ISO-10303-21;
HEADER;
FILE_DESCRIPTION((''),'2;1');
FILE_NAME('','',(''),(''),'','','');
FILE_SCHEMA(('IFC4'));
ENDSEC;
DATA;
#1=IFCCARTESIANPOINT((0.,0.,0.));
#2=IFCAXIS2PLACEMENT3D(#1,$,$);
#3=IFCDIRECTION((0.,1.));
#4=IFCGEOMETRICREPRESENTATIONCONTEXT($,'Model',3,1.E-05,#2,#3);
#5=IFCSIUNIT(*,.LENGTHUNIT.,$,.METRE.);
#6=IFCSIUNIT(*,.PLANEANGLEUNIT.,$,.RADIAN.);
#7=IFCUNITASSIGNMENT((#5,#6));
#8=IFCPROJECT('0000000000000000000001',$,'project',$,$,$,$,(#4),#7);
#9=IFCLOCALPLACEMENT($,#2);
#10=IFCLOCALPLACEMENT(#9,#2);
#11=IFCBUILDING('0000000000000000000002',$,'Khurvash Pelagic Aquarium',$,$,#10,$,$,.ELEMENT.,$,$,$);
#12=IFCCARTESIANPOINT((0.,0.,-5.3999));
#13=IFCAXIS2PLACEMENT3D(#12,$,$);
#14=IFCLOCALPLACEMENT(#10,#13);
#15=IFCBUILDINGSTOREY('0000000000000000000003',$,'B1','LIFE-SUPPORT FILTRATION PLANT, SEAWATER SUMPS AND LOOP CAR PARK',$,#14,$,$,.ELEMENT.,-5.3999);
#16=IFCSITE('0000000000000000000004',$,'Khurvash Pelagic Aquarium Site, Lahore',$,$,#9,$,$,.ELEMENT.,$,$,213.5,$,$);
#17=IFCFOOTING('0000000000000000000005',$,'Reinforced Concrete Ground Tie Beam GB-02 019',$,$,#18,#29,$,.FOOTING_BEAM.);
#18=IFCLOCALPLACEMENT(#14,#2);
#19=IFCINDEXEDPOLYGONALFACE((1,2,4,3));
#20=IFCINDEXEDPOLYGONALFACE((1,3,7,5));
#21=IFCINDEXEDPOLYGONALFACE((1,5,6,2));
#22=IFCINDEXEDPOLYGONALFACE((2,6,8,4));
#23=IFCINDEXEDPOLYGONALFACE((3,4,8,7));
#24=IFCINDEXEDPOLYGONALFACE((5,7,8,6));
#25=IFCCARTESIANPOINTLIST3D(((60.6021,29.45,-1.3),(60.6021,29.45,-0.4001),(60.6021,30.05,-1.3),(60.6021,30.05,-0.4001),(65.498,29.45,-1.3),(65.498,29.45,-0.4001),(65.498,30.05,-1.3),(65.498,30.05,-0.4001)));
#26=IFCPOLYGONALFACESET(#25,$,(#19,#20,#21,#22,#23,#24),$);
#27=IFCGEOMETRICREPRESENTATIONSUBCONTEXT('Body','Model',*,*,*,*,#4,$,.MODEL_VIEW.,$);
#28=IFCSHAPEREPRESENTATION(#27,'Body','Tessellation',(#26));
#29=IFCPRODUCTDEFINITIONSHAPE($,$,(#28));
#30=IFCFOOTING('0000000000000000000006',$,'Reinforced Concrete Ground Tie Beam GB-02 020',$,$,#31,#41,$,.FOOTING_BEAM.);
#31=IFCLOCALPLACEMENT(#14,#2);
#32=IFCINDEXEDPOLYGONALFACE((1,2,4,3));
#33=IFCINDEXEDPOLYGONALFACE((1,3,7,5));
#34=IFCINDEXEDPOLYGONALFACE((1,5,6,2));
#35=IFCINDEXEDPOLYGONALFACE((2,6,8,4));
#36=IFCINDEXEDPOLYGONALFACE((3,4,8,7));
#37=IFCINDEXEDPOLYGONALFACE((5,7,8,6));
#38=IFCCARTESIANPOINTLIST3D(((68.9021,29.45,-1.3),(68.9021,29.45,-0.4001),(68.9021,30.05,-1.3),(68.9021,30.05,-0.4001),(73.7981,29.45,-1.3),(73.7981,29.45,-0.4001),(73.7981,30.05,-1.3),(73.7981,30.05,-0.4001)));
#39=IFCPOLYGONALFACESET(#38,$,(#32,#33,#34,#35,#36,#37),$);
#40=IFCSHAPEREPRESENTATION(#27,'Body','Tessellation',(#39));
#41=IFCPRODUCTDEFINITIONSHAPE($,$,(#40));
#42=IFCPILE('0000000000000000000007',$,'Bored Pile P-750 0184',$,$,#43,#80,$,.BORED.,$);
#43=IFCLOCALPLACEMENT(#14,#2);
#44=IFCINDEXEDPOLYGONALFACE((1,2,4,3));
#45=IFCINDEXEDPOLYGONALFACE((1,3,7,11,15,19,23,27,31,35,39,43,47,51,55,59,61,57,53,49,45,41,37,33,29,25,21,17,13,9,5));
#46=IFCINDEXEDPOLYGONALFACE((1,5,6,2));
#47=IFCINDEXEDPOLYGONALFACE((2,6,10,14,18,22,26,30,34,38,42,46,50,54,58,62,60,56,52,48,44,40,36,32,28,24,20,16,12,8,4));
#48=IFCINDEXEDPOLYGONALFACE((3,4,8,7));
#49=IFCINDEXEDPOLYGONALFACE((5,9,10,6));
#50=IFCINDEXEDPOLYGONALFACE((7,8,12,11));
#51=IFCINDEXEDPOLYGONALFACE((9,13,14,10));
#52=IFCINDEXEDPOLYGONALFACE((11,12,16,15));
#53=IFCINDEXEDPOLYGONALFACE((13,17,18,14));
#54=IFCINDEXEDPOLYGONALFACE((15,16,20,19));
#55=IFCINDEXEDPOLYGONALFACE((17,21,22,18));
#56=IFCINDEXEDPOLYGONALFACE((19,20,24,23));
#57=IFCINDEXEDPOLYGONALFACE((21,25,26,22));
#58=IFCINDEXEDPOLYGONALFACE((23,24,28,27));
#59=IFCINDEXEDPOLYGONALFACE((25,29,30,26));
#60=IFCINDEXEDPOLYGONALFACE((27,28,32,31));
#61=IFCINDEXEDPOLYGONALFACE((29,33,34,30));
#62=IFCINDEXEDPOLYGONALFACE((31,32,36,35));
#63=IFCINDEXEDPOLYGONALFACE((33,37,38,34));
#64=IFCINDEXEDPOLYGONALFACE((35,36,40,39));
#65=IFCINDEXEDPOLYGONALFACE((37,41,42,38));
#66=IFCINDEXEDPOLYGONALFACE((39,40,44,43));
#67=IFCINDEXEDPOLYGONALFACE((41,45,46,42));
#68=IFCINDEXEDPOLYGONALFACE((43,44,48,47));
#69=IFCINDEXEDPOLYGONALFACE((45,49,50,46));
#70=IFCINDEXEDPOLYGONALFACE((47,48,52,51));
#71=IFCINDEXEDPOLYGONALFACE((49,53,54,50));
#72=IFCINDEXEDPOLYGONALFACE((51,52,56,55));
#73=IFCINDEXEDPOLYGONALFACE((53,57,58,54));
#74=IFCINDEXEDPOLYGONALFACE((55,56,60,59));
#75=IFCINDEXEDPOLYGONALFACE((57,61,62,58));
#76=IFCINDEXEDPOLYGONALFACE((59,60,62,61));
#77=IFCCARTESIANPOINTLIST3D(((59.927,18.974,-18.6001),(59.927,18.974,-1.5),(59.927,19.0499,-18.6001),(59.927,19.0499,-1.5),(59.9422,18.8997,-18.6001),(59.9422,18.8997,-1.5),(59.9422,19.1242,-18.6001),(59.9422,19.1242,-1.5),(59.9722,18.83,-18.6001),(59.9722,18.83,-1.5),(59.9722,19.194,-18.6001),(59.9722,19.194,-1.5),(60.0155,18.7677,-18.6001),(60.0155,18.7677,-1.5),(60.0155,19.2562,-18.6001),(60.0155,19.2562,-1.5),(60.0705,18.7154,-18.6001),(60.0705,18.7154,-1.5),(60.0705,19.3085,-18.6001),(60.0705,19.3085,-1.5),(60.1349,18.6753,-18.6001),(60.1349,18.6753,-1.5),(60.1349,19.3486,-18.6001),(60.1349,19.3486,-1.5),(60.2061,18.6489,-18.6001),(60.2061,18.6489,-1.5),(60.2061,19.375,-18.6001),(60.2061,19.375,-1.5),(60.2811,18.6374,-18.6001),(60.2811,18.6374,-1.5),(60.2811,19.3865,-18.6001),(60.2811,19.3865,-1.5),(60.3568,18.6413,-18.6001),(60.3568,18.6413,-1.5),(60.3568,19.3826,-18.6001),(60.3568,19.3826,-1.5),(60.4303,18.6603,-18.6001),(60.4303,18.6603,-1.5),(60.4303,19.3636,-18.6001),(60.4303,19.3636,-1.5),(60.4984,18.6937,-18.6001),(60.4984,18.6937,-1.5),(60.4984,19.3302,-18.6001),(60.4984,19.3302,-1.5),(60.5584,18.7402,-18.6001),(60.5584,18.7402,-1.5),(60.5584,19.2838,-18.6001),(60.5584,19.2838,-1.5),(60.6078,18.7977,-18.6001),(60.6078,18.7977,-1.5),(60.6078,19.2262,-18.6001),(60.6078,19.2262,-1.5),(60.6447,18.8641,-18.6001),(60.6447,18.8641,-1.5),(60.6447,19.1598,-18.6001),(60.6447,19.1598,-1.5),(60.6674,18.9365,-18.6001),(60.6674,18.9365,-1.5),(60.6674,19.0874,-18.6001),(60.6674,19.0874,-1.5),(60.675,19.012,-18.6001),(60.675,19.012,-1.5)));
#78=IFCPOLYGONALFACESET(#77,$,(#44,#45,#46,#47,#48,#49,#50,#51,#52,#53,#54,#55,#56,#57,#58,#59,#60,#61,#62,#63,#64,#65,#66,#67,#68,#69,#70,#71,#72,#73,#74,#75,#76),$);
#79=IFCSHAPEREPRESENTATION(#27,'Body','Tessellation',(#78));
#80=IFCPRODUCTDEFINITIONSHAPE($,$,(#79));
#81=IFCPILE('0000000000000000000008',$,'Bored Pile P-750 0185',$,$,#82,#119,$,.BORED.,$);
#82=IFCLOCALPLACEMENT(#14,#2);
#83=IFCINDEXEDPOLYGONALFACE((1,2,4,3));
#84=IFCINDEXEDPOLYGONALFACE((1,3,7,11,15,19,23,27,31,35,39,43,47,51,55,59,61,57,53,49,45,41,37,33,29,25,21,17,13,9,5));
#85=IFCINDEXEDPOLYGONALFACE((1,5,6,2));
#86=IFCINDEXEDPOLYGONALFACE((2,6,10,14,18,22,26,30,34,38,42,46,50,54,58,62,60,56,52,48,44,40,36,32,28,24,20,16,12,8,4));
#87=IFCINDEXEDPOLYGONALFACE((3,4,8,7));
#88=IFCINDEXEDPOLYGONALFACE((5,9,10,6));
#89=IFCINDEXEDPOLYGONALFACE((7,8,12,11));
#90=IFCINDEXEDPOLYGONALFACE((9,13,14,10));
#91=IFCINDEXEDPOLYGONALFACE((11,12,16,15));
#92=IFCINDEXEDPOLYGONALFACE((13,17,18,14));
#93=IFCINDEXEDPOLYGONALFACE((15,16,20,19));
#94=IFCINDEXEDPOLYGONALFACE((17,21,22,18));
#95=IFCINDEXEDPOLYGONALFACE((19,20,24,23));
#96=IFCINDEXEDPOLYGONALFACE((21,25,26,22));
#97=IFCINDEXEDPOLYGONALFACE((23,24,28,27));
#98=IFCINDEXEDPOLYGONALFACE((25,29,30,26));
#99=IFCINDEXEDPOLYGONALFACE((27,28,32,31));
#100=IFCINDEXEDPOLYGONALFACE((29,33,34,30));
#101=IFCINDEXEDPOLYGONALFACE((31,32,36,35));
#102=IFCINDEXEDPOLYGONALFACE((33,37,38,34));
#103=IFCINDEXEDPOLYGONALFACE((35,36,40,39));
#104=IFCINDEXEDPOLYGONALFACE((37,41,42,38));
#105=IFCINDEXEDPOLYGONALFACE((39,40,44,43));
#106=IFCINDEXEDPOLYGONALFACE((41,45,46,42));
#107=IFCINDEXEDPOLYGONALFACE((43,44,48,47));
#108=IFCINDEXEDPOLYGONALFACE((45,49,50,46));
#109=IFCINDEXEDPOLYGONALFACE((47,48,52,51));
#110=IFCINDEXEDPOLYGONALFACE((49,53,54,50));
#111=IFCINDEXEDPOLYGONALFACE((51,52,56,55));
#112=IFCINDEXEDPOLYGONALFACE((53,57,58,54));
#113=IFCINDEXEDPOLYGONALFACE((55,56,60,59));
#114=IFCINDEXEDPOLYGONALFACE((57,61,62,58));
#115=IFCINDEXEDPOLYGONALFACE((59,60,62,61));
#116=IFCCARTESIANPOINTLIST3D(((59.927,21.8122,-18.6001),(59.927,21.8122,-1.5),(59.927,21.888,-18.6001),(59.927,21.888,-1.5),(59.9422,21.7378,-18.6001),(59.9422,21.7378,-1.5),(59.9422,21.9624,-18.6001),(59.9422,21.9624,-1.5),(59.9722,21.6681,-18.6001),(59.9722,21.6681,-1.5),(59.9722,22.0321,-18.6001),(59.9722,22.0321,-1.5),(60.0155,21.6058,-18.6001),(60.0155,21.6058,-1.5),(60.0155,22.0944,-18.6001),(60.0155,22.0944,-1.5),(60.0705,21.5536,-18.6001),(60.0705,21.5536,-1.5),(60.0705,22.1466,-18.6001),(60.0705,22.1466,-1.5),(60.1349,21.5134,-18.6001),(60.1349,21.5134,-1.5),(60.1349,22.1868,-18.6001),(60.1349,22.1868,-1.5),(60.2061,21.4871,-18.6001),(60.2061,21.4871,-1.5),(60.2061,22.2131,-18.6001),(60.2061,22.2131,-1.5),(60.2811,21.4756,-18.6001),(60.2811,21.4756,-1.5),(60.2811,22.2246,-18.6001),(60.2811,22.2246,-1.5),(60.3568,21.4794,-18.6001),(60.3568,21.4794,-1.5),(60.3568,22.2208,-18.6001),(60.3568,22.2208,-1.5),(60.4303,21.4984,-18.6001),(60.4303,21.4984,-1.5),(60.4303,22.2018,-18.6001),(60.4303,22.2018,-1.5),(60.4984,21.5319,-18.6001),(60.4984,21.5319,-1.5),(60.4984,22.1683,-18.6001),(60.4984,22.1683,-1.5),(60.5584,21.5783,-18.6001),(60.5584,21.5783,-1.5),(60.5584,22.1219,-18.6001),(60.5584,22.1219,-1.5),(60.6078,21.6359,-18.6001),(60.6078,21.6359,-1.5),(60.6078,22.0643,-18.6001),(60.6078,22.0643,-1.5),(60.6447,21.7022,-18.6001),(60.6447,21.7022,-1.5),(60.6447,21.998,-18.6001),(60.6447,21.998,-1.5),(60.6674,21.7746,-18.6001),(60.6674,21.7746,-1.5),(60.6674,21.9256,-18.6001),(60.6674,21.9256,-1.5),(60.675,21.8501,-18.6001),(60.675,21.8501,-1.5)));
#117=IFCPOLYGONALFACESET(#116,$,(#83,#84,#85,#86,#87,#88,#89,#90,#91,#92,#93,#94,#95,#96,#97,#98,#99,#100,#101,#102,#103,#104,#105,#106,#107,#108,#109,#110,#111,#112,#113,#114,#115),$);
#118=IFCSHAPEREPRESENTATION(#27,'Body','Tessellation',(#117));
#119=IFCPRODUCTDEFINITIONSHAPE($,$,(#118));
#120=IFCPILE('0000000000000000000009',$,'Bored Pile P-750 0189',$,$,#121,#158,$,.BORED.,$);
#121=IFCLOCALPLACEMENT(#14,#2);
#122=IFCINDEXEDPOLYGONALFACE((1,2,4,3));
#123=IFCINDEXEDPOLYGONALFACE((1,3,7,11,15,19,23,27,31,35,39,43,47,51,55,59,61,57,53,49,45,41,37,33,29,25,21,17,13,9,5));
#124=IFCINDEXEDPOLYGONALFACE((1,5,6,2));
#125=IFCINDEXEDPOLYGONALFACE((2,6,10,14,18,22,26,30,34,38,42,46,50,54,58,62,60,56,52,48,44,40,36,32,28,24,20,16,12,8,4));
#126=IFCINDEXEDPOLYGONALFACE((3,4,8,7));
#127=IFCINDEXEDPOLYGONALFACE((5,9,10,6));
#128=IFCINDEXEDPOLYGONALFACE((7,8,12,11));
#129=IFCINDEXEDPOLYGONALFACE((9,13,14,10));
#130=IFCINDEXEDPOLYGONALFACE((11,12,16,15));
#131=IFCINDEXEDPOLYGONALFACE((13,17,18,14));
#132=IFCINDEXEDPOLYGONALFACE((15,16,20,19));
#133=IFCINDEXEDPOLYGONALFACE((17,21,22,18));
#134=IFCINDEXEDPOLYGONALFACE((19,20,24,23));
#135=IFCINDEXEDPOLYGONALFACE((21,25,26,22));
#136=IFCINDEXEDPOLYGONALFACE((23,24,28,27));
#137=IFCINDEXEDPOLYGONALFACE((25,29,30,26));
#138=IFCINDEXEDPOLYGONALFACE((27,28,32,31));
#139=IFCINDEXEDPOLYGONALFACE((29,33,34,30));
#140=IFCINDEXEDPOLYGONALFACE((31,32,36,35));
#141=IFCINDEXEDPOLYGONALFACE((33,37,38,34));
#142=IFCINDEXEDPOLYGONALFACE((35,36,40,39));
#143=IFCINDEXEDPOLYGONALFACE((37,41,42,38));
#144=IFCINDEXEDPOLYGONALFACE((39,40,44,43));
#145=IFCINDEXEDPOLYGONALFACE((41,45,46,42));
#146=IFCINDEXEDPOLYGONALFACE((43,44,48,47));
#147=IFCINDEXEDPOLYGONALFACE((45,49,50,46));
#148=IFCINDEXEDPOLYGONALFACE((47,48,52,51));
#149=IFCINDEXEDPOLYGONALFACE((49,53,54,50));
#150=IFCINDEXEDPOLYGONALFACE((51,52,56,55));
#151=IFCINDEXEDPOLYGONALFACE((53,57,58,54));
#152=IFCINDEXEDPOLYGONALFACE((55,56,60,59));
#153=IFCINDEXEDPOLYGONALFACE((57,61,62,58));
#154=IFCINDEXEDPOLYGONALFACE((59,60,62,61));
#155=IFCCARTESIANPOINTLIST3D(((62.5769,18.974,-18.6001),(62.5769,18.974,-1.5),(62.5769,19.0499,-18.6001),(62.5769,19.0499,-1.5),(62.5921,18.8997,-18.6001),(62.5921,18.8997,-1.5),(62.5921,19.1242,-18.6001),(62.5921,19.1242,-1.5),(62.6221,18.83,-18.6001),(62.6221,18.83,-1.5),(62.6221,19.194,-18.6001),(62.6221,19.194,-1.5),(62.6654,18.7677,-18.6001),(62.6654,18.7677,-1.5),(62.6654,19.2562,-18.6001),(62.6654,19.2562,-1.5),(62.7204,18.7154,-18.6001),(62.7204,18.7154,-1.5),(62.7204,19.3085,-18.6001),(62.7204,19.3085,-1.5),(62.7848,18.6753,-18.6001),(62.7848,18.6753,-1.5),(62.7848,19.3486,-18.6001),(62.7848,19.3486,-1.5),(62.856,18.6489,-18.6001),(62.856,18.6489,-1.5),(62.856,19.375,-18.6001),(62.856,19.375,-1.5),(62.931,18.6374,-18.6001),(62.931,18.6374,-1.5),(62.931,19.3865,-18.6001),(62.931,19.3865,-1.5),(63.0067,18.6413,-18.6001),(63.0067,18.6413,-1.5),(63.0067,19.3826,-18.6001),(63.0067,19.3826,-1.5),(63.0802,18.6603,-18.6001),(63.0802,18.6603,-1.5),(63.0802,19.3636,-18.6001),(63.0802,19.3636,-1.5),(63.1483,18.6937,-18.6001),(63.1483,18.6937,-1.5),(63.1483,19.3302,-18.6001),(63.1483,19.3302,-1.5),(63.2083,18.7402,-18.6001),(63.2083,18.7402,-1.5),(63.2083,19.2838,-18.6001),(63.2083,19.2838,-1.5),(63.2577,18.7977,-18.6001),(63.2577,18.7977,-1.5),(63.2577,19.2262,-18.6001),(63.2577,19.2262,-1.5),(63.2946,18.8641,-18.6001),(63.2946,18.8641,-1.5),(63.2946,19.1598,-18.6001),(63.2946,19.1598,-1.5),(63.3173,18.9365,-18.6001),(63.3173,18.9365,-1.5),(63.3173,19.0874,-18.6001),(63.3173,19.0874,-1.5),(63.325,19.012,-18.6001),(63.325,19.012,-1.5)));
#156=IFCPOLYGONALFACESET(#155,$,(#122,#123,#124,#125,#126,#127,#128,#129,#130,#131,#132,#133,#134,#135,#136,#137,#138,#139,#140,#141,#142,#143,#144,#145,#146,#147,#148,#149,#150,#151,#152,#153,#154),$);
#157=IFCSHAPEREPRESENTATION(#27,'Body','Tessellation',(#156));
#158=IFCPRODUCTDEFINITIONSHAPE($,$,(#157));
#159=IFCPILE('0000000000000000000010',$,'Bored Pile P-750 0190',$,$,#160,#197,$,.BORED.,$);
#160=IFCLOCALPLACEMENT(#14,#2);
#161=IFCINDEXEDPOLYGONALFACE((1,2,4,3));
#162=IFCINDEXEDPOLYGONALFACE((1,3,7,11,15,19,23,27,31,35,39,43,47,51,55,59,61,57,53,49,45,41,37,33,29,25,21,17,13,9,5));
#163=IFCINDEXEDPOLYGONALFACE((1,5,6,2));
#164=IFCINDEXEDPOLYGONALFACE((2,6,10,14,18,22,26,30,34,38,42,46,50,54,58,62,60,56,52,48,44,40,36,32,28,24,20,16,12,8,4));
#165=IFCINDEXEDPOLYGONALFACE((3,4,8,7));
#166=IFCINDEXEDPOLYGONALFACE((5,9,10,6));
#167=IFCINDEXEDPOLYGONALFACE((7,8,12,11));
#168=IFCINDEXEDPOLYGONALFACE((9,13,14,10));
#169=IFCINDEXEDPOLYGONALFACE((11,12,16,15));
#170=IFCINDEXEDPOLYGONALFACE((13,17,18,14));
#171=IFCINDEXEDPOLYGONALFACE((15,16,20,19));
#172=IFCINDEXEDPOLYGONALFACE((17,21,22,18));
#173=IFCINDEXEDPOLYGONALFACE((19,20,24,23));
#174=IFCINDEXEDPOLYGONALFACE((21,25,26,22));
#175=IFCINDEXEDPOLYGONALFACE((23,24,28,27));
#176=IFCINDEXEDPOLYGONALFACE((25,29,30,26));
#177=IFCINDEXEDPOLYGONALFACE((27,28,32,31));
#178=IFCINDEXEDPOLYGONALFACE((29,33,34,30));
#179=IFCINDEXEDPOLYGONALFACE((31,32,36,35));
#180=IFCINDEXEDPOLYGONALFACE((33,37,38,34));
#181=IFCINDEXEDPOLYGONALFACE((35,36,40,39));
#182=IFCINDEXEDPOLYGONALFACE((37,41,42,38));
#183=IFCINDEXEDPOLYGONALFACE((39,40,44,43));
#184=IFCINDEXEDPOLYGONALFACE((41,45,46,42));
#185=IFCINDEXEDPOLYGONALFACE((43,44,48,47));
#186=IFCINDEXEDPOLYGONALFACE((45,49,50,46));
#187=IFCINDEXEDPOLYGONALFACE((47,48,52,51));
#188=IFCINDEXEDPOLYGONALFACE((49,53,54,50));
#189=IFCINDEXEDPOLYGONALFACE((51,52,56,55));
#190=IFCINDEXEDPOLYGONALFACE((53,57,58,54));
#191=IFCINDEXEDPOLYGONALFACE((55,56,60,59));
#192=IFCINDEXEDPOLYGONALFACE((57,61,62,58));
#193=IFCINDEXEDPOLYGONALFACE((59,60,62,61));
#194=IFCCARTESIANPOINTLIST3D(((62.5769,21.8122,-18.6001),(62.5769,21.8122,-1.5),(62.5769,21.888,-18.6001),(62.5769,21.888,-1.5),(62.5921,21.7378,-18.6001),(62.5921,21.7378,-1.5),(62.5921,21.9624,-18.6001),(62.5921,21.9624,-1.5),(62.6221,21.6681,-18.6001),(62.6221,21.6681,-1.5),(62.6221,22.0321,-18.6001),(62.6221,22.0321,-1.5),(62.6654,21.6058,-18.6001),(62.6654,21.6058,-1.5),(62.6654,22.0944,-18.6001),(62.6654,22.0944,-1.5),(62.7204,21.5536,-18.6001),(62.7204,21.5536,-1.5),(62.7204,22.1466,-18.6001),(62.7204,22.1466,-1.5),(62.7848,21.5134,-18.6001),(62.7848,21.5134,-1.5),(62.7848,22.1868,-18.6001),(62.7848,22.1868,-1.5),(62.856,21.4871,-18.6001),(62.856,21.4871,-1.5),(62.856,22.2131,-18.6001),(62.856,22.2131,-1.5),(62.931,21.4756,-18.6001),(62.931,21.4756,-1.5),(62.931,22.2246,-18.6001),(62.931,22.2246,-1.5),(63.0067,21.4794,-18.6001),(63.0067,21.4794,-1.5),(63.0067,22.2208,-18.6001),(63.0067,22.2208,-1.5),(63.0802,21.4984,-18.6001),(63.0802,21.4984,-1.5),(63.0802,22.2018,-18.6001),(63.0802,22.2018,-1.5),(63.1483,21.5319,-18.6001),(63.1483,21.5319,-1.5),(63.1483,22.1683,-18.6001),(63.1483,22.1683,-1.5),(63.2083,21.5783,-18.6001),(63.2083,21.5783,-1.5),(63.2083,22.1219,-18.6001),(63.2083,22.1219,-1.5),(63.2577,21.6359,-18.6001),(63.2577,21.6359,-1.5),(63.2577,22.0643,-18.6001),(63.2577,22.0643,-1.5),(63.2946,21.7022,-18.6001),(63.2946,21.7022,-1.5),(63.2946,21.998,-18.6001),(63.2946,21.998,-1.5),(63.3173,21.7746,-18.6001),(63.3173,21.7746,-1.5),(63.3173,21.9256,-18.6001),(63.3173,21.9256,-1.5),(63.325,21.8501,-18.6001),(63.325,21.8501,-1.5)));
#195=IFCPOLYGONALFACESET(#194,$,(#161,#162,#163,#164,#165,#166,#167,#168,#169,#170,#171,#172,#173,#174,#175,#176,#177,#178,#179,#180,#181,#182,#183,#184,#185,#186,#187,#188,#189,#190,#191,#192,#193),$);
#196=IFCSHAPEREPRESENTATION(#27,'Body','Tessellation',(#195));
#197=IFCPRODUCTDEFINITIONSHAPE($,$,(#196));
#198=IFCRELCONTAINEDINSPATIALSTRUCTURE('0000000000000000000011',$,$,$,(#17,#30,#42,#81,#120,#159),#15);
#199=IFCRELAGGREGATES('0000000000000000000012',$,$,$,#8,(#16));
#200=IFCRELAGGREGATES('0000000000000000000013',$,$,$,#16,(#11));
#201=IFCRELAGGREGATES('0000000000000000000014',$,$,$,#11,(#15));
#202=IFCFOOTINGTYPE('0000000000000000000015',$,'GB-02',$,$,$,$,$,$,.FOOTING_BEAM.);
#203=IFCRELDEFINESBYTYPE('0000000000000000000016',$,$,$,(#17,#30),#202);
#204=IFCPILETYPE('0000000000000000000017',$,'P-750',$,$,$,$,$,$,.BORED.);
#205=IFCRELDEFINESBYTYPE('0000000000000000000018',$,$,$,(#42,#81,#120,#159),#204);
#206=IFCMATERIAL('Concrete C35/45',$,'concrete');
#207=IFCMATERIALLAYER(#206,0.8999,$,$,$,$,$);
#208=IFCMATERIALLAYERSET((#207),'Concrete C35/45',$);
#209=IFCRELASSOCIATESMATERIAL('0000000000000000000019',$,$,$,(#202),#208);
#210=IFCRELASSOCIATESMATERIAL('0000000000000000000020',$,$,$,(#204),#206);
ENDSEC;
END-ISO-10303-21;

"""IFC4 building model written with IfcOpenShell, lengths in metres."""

from ifc_helpers import new_model, si_unit, direction, frame, origin, origin_2d, place, context, subcontext, project, spatial, rectangle, circle, extrude, material, layer, layer_set, material_profile, profile_set, type_object, element, save


model = new_model("IFC4")

# Units and contexts
model_context = context("Model", 3, precision=1e-05, world=origin(), true_north=direction((0.0, 1.0)))
body_context = subcontext(model_context, "Body", "Model", "MODEL_VIEW")
ifc_project = project(units=[si_unit("LENGTHUNIT", "METRE"), si_unit("PLANEANGLEUNIT", "RADIAN")], contexts=[model_context])

# Site, building, storey
site_placement = place(None, origin())
site = spatial("IfcSite", under=ifc_project, at=site_placement, Name="Khurvash Pelagic Aquarium Site, Lahore", CompositionType="ELEMENT", RefElevation=213.5)
building_placement = place(site_placement, origin())
building = spatial("IfcBuilding", under=site, at=building_placement, Name="Khurvash Pelagic Aquarium", CompositionType="ELEMENT")
storey_placement = place(building_placement, frame((0.0, 0.0, -5.3999)))
storey = spatial("IfcBuildingStorey", under=building, at=storey_placement, Name="B1", Description="LIFE-SUPPORT FILTRATION PLANT, SEAWATER SUMPS AND LOOP CAR PARK", CompositionType="ELEMENT", Elevation=-5.3999)

# Footings
ifc_material_1 = material(Name="Concrete C35/45", Category="concrete")
ifc_layer_1 = layer(ifc_material_1, 0.8999)
ifc_layer_set_1 = layer_set([ifc_layer_1], Name="Concrete C35/45")
footing_type_1 = type_object("IfcFootingType", Name="GB-02", PredefinedType="FOOTING_BEAM", material=ifc_layer_set_1)
for number, where, z_axis, x_axis, name in (
    (1, (63.05, 29.75, -1.3), (0.0, 0.0, 1.0), (1.0, 0.0, 0.0), "Reinforced Concrete Ground Tie Beam GB-02 019"),
    (2, (71.3501, 29.75, -1.3), (0.0, 0.0, 1.0), (1.0, 0.0, 0.0), "Reinforced Concrete Ground Tie Beam GB-02 020"),
):
    element("IfcFooting", number, at=place(storey_placement, frame(where, z_axis=z_axis, x_axis=x_axis)), inside=storey, type_object=footing_type_1, Name=name, PredefinedType="FOOTING_BEAM", context=body_context, shape_type="SweptSolid", body=[
        extrude(rectangle(XDim=4.896, YDim=0.6001, at=origin_2d()), origin(), (0.0, 0.0, 1.0), 0.8999),
    ])

# Piles
ifc_material_profile_1 = material_profile(ifc_material_1, circle(Radius=0.375, at=origin_2d()), Name="PILE750")
ifc_profile_set_1 = profile_set([ifc_material_profile_1], Name="Concrete C35/45")
pile_type = type_object("IfcPileType", Name="P-750", PredefinedType="BORED", material=ifc_profile_set_1)
for number, where, z_axis, x_axis, name in (
    (3, (60.3, 19.012, -1.5), (0.0, 0.0, -1.0), (1.0, 0.0, 0.0), "Bored Pile P-750 0184"),
    (4, (60.3, 21.8501, -1.5), (0.0, 0.0, -1.0), (1.0, 0.0, 0.0), "Bored Pile P-750 0185"),
    (5, (62.95, 19.012, -1.5), (0.0, 0.0, -1.0), (1.0, 0.0, 0.0), "Bored Pile P-750 0189"),
    (6, (62.95, 21.8501, -1.5), (0.0, 0.0, -1.0), (1.0, 0.0, 0.0), "Bored Pile P-750 0190"),
):
    element("IfcPile", number, at=place(storey_placement, frame(where, z_axis=z_axis, x_axis=x_axis)), inside=storey, type_object=pile_type, Name=name, PredefinedType="BORED", context=body_context, shape_type="SweptSolid", body=[
        extrude(circle(Radius=0.375, at=origin_2d()), origin(), (0.0, 0.0, 1.0), 17.1001),
    ])

save(model, "model.ifc")
